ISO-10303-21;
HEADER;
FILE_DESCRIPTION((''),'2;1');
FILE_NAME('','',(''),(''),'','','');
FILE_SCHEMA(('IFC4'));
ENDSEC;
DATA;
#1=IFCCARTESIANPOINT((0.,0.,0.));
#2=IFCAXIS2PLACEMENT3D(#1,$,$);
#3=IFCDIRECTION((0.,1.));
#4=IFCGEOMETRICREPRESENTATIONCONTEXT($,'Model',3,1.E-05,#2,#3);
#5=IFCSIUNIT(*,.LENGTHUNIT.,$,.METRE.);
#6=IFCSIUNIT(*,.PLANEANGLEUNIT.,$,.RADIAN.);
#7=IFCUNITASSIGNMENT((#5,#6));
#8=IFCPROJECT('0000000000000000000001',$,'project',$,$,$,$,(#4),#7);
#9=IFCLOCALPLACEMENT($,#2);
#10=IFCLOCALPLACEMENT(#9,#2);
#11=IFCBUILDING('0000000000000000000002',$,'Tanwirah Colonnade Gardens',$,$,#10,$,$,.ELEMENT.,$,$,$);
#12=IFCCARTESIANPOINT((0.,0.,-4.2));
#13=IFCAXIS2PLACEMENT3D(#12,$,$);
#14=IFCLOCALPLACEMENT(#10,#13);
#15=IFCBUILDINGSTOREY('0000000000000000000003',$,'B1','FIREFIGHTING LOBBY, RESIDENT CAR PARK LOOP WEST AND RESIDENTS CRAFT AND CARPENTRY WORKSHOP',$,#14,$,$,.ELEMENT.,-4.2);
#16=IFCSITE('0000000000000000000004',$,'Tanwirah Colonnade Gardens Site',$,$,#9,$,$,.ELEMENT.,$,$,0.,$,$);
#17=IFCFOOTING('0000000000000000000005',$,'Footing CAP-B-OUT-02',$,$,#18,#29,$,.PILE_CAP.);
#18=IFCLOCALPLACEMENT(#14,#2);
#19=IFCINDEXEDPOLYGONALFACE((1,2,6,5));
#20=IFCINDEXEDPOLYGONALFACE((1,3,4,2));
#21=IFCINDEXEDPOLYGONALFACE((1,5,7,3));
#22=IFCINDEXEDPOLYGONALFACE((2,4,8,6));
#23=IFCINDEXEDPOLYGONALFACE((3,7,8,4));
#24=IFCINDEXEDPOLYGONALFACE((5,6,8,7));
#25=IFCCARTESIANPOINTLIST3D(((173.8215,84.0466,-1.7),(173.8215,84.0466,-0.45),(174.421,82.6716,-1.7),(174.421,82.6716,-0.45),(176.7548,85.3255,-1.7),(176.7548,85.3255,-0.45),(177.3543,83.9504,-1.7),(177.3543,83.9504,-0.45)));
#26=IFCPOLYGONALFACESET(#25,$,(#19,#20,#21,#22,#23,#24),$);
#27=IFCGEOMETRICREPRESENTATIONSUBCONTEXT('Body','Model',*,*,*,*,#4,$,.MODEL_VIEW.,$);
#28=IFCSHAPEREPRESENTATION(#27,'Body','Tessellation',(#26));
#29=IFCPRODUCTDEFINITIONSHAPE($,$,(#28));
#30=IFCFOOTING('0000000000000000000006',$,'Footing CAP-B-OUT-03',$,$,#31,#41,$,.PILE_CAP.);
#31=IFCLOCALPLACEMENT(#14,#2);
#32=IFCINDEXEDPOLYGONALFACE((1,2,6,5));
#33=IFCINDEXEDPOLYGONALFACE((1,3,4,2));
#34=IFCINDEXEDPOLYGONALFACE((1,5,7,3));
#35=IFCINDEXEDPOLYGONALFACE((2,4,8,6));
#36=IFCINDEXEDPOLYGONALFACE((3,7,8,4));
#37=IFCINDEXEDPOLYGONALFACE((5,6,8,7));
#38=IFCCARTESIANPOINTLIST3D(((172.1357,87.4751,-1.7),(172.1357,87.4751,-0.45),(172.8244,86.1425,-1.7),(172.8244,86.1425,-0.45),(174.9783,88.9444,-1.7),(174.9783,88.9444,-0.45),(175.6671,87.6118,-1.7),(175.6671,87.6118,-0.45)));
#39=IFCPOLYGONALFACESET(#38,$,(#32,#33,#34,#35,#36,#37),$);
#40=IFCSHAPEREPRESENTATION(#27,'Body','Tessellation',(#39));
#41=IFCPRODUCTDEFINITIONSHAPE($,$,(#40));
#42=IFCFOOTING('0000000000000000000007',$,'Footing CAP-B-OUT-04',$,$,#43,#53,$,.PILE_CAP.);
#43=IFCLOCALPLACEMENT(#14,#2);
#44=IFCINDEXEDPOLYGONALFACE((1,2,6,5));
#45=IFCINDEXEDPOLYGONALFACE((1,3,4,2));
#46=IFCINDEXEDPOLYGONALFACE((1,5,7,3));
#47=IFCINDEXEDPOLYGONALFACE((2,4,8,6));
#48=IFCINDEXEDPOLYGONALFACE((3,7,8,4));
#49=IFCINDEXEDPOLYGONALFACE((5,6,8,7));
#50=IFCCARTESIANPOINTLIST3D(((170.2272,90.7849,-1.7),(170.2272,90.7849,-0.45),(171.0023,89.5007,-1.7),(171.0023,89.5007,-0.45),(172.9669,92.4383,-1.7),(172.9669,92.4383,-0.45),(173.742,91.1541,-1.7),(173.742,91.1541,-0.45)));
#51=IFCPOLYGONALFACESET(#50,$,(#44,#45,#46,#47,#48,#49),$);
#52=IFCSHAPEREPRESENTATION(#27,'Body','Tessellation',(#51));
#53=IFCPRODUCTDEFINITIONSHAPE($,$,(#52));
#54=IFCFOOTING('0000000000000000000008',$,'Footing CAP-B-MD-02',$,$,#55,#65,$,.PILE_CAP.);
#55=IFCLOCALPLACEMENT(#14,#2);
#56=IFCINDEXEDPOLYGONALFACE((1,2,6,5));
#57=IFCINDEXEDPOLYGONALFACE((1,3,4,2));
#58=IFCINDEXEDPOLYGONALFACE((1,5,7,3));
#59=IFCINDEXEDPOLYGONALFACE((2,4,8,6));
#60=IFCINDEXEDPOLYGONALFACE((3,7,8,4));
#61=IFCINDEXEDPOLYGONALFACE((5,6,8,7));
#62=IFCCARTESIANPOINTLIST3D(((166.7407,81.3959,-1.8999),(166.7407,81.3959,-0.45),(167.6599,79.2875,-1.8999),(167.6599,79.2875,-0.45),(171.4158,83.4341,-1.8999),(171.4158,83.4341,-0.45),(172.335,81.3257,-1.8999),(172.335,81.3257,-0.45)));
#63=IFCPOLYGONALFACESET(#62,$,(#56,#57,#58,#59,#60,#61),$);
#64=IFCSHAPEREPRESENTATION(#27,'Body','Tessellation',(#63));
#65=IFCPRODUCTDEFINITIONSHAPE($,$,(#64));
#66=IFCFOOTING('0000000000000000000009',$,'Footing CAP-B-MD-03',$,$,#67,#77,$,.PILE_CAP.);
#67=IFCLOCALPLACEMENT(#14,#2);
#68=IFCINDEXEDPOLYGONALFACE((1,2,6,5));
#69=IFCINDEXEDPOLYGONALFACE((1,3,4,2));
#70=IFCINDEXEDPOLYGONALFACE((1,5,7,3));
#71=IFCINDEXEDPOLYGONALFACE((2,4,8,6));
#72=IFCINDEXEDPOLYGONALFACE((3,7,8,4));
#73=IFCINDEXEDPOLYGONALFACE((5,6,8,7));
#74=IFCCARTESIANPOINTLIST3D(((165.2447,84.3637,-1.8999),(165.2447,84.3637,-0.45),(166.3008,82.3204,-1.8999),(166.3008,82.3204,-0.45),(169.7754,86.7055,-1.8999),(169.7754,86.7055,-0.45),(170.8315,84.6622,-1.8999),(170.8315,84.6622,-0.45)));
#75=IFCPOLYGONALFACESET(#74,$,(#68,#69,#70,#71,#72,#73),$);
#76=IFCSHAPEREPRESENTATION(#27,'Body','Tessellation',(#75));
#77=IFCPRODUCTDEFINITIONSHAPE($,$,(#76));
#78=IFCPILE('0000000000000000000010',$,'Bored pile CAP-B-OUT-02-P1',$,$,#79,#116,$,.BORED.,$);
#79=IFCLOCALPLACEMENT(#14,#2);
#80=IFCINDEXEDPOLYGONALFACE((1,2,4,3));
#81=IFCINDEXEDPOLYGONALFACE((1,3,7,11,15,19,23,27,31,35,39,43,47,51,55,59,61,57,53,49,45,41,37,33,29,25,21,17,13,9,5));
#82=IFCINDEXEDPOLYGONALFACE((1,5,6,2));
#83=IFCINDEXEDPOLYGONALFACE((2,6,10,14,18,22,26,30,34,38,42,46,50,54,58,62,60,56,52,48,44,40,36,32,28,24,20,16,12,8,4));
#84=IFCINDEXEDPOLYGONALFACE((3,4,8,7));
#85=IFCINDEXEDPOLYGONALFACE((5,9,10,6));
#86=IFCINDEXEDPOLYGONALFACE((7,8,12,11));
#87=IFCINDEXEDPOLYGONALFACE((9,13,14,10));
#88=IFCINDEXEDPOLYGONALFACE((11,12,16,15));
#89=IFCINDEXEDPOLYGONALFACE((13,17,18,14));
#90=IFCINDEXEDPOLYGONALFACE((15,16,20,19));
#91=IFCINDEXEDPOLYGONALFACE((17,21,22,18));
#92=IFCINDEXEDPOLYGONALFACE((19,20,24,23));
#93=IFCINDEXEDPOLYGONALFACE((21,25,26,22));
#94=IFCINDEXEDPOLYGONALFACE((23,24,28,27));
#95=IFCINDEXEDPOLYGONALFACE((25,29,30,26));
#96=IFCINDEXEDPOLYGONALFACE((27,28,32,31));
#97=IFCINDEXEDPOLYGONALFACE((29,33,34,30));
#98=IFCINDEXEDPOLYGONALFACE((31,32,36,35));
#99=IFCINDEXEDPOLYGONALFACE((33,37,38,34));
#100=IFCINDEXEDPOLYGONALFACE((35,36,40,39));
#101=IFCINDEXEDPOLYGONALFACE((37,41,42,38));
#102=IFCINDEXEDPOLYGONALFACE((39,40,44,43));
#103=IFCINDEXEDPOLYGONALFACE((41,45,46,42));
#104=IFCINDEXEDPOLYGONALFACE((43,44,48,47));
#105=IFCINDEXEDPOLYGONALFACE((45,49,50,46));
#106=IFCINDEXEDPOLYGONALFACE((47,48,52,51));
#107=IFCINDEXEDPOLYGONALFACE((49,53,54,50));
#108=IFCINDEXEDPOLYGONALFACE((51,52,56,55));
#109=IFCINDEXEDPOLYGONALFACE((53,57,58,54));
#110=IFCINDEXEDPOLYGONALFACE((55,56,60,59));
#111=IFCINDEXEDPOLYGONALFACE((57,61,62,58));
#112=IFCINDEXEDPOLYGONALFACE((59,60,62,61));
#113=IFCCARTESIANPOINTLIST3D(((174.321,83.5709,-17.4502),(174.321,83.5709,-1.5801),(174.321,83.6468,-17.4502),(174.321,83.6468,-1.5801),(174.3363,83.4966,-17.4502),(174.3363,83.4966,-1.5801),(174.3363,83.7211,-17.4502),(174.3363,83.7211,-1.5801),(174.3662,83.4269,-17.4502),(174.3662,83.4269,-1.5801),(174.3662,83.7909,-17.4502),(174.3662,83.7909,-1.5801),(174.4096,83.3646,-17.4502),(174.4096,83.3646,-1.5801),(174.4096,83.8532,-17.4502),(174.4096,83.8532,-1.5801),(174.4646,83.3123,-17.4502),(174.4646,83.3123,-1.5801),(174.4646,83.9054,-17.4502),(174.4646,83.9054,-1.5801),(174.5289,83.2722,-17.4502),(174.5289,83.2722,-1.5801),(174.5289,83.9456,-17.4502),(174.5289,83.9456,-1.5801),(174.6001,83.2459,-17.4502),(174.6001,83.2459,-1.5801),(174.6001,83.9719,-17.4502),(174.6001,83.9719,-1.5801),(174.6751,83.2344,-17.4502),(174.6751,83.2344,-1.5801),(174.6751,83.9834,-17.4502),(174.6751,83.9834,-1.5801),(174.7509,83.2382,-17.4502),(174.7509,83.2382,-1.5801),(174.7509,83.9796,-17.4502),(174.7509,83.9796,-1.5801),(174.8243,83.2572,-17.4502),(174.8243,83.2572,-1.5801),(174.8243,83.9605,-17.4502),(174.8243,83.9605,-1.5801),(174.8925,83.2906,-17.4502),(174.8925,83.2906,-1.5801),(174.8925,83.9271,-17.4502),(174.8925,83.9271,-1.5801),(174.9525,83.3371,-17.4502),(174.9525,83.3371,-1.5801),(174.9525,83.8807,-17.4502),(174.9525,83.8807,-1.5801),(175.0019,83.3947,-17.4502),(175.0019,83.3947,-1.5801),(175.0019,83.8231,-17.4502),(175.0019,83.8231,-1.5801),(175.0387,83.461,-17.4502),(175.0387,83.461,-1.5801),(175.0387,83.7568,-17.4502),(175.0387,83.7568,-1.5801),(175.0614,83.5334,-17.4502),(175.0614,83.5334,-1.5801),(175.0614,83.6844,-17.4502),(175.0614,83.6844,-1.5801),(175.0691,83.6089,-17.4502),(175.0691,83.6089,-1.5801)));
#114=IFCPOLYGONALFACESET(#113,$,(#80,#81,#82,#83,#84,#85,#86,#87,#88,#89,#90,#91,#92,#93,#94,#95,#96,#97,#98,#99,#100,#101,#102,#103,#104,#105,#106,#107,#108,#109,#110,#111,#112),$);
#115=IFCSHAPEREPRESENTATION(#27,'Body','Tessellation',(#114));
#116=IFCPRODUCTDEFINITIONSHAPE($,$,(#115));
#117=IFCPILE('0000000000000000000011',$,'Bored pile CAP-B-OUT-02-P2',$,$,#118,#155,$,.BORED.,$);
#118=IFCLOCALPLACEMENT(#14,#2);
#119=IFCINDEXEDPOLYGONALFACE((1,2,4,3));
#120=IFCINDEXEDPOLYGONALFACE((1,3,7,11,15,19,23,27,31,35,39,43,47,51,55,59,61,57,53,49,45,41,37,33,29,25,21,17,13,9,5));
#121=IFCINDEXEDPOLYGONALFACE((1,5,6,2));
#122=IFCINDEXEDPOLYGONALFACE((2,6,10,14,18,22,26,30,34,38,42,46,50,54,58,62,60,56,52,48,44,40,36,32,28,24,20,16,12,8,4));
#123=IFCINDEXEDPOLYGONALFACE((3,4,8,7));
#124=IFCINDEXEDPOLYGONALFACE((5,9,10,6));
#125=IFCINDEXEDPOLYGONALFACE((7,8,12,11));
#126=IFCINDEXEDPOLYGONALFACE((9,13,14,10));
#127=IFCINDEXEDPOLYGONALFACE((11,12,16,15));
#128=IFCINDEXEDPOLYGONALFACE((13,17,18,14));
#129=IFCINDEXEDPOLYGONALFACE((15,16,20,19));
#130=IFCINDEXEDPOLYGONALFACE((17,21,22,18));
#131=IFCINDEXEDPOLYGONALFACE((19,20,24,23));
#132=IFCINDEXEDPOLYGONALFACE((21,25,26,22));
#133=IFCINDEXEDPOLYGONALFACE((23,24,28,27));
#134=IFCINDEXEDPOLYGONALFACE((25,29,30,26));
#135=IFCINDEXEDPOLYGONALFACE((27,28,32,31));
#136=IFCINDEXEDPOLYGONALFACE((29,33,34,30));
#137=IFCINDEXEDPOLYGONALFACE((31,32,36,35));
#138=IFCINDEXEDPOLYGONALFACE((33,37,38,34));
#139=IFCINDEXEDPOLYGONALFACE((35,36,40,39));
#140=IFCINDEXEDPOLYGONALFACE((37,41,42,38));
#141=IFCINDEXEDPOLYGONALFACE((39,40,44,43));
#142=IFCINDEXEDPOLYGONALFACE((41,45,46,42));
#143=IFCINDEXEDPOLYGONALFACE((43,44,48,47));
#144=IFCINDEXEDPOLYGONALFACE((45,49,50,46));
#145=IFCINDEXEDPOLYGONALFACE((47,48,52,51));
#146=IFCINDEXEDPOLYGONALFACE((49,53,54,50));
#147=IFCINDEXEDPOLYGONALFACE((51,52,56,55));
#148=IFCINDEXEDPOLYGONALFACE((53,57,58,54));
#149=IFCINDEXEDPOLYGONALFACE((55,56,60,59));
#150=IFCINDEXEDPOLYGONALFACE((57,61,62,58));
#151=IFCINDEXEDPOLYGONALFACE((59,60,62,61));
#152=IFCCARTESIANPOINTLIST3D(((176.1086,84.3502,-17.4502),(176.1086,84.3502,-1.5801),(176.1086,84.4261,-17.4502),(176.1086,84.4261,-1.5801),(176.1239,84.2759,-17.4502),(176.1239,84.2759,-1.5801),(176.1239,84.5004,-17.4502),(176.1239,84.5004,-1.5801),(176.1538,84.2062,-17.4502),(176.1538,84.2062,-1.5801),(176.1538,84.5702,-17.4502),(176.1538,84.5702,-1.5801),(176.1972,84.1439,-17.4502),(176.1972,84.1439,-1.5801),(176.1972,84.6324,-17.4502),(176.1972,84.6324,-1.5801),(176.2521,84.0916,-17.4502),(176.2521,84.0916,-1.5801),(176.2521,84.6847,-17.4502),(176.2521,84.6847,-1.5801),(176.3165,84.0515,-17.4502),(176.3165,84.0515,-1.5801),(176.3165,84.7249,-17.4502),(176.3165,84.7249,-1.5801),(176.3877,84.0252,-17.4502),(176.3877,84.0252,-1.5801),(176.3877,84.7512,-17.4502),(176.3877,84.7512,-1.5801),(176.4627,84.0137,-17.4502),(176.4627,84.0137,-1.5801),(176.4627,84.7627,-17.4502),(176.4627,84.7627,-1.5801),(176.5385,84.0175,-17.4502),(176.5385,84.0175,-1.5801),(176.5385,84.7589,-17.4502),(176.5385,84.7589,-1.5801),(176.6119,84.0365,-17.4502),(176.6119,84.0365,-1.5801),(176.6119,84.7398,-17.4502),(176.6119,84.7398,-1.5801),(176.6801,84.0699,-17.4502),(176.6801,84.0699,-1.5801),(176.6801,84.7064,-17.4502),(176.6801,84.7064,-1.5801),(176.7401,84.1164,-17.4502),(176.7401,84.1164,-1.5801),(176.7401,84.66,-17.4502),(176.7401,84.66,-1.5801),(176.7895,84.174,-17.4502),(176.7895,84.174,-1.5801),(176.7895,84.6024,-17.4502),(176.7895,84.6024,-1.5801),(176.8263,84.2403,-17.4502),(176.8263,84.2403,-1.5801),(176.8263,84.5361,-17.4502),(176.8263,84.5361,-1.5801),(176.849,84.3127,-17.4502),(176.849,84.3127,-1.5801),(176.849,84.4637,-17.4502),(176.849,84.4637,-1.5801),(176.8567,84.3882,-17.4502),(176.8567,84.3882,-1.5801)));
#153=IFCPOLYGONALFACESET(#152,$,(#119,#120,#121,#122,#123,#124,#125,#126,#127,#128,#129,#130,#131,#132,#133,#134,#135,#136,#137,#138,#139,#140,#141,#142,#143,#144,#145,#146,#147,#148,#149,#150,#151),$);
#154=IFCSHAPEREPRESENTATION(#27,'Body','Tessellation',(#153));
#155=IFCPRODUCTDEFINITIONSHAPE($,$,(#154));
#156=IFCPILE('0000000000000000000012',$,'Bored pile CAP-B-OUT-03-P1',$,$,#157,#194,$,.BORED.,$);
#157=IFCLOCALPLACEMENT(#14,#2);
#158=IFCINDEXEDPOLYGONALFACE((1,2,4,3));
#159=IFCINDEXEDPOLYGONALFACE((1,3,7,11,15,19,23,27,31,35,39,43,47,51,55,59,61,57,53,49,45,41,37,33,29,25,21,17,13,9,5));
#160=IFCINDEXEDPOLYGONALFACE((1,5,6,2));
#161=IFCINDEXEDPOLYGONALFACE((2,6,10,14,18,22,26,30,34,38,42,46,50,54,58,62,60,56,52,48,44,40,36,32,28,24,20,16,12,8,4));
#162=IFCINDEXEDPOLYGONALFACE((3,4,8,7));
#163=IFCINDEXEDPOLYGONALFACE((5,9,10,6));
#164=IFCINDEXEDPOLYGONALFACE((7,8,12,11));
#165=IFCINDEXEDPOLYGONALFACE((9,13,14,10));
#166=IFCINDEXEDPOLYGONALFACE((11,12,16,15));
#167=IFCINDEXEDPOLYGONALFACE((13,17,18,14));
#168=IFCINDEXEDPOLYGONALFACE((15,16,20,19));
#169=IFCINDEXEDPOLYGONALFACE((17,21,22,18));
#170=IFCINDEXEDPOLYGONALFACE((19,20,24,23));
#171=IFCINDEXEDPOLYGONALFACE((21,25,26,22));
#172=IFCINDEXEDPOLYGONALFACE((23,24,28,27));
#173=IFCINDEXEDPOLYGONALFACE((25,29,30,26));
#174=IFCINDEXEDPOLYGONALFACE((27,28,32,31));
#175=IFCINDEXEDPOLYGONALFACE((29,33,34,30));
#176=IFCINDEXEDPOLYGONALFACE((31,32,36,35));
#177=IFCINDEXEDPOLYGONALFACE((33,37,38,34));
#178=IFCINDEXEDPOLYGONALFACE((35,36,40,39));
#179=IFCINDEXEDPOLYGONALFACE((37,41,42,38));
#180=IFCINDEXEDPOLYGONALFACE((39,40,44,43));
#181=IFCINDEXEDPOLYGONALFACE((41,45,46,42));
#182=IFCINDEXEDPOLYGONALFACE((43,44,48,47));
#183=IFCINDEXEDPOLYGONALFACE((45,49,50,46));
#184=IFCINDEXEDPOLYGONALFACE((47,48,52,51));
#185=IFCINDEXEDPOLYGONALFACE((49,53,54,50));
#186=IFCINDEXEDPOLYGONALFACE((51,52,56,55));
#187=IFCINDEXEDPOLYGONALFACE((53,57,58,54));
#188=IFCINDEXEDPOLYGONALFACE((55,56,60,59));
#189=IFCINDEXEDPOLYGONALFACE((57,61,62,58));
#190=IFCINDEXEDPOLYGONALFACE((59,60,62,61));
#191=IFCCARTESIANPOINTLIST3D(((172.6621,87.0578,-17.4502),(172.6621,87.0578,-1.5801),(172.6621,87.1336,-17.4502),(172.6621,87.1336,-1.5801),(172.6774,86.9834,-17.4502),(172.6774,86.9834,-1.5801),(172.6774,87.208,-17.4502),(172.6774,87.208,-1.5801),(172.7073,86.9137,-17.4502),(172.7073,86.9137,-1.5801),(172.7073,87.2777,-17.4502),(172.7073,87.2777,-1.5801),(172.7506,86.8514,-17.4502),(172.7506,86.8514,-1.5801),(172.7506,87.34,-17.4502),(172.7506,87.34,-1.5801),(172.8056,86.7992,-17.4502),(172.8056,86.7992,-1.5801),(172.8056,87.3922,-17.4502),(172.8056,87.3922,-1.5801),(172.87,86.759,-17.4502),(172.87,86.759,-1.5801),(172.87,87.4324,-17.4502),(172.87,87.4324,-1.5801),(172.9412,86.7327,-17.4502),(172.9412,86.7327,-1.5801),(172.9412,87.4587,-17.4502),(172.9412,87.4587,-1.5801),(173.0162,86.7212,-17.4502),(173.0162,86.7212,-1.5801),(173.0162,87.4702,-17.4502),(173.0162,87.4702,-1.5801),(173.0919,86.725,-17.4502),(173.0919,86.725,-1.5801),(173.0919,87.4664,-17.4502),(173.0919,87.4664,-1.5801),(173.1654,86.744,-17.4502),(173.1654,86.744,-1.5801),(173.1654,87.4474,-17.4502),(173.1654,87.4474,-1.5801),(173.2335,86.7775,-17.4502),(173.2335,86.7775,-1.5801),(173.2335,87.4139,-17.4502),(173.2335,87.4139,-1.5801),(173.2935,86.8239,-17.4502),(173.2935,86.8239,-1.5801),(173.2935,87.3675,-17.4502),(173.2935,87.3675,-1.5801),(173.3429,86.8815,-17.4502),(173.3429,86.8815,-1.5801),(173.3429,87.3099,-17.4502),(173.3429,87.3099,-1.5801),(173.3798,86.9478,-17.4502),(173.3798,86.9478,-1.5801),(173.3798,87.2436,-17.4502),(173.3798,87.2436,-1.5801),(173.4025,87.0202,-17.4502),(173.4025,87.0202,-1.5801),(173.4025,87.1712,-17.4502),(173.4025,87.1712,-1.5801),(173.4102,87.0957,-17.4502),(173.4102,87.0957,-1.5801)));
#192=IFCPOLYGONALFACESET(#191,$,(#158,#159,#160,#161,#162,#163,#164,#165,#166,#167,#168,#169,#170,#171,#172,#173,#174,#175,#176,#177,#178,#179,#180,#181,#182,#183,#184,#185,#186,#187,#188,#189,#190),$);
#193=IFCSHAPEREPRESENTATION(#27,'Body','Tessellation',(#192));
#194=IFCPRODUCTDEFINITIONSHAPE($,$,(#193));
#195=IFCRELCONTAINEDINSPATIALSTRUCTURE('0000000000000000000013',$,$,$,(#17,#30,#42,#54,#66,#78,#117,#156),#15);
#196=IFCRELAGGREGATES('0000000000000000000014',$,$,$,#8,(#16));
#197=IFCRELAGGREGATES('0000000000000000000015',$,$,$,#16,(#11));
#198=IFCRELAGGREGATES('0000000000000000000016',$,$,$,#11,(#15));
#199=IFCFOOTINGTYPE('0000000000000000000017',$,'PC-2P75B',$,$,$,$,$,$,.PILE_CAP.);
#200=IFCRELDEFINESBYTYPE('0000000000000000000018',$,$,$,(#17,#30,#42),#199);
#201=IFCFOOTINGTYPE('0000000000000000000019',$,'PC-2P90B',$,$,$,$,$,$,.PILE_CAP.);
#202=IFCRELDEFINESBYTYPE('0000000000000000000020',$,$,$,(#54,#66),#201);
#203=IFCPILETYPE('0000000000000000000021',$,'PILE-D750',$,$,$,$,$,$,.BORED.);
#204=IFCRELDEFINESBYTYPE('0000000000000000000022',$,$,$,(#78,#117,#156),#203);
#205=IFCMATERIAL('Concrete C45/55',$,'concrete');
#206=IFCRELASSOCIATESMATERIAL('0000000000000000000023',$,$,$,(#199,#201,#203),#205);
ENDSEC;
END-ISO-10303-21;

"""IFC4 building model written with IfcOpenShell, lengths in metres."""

from ifc_helpers import new_model, si_unit, direction, frame, origin, origin_2d, place, context, subcontext, project, spatial, rectangle, circle, extrude, material, material_profile, profile_set, type_object, element, save


model = new_model("IFC4")

# Units and contexts
model_context = context("Model", 3, precision=1e-05, world=origin(), true_north=direction((0.0, 1.0)))
body_context = subcontext(model_context, "Body", "Model", "MODEL_VIEW")
ifc_project = project(units=[si_unit("LENGTHUNIT", "METRE"), si_unit("PLANEANGLEUNIT", "RADIAN")], contexts=[model_context])

# Site, building, storey
site_placement = place(None, origin())
site = spatial("IfcSite", under=ifc_project, at=site_placement, Name="Tanwirah Colonnade Gardens Site", CompositionType="ELEMENT", RefElevation=0.0)
building_placement = place(site_placement, origin())
building = spatial("IfcBuilding", under=site, at=building_placement, Name="Tanwirah Colonnade Gardens", CompositionType="ELEMENT")
storey_placement = place(building_placement, frame((0.0, 0.0, -4.2)))
storey = spatial("IfcBuildingStorey", under=building, at=storey_placement, Name="B1", Description="FIREFIGHTING LOBBY, RESIDENT CAR PARK LOOP WEST AND RESIDENTS CRAFT AND CARPENTRY WORKSHOP", CompositionType="ELEMENT", Elevation=-4.2)

# Footings
ifc_material_1 = material(Name="Concrete C45/55", Category="concrete")
footing_type_1 = type_object("IfcFootingType", Name="PC-2P75B", PredefinedType="PILE_CAP", material=ifc_material_1)
for number, where, z_axis, x_axis, name in (
    (1, (175.5879, 83.9985, -1.7), (0.0, 0.0, 1.0), (0.916673, 0.399638, 0.0), "Footing CAP-B-OUT-02"),
    (2, (173.9014, 87.5435, -1.7), (0.0, 0.0, 1.0), (0.88835, 0.459166, 0.0), "Footing CAP-B-OUT-03"),
    (3, (171.9846, 90.9695, -1.7), (0.0, 0.0, 1.0), (0.856167, 0.516699, 0.0), "Footing CAP-B-OUT-04"),
):
    element("IfcFooting", number, at=place(storey_placement, frame(where, z_axis=z_axis, x_axis=x_axis)), inside=storey, type_object=footing_type_1, Name=name, PredefinedType="PILE_CAP", context=body_context, shape_type="SweptSolid", body=[
        extrude(rectangle(XDim=3.2, YDim=1.5, at=origin_2d()), origin(), (0.0, 0.0, 1.0), 1.25),
    ])
footing_type_2 = type_object("IfcFootingType", Name="PC-2P90B", PredefinedType="PILE_CAP", material=ifc_material_1)
for number, where, z_axis, x_axis, name in (
    (4, (169.5378, 81.3608, -1.8999), (0.0, 0.0, 1.0), (0.916673, 0.399638, 0.0), "Footing CAP-B-MD-02"),
    (5, (168.0381, 84.5129, -1.8999), (0.0, 0.0, 1.0), (0.88835, 0.459166, 0.0), "Footing CAP-B-MD-03"),
):
    element("IfcFooting", number, at=place(storey_placement, frame(where, z_axis=z_axis, x_axis=x_axis)), inside=storey, type_object=footing_type_2, Name=name, PredefinedType="PILE_CAP", context=body_context, shape_type="SweptSolid", body=[
        extrude(rectangle(XDim=5.1001, YDim=2.3, at=origin_2d()), origin(), (0.0, 0.0, 1.0), 1.45),
    ])

# Piles
ifc_material_profile_1 = material_profile(ifc_material_1, circle(Radius=0.375, at=origin_2d()), Name="PILE D750")
ifc_profile_set_1 = profile_set([ifc_material_profile_1], Name="Concrete C45/55")
pile_type_1 = type_object("IfcPileType", Name="PILE-D750", PredefinedType="BORED", material=ifc_profile_set_1)
for number, where, z_axis, x_axis, name in (
    (6, (174.6941, 83.6089, -1.5801), (0.0, 0.0, -1.0), (1.0, 0.0, 0.0), "Bored pile CAP-B-OUT-02-P1"),
    (7, (176.4817, 84.3882, -1.5801), (0.0, 0.0, -1.0), (1.0, 0.0, 0.0), "Bored pile CAP-B-OUT-02-P2"),
    (8, (173.0352, 87.0957, -1.5801), (0.0, 0.0, -1.0), (1.0, 0.0, 0.0), "Bored pile CAP-B-OUT-03-P1"),
):
    element("IfcPile", number, at=place(storey_placement, frame(where, z_axis=z_axis, x_axis=x_axis)), inside=storey, type_object=pile_type_1, Name=name, PredefinedType="BORED", context=body_context, shape_type="SweptSolid", body=[
        extrude(circle(Radius=0.375, at=origin_2d()), origin(), (0.0, 0.0, 1.0), 15.8701),
    ])

save(model, "model.ifc")
